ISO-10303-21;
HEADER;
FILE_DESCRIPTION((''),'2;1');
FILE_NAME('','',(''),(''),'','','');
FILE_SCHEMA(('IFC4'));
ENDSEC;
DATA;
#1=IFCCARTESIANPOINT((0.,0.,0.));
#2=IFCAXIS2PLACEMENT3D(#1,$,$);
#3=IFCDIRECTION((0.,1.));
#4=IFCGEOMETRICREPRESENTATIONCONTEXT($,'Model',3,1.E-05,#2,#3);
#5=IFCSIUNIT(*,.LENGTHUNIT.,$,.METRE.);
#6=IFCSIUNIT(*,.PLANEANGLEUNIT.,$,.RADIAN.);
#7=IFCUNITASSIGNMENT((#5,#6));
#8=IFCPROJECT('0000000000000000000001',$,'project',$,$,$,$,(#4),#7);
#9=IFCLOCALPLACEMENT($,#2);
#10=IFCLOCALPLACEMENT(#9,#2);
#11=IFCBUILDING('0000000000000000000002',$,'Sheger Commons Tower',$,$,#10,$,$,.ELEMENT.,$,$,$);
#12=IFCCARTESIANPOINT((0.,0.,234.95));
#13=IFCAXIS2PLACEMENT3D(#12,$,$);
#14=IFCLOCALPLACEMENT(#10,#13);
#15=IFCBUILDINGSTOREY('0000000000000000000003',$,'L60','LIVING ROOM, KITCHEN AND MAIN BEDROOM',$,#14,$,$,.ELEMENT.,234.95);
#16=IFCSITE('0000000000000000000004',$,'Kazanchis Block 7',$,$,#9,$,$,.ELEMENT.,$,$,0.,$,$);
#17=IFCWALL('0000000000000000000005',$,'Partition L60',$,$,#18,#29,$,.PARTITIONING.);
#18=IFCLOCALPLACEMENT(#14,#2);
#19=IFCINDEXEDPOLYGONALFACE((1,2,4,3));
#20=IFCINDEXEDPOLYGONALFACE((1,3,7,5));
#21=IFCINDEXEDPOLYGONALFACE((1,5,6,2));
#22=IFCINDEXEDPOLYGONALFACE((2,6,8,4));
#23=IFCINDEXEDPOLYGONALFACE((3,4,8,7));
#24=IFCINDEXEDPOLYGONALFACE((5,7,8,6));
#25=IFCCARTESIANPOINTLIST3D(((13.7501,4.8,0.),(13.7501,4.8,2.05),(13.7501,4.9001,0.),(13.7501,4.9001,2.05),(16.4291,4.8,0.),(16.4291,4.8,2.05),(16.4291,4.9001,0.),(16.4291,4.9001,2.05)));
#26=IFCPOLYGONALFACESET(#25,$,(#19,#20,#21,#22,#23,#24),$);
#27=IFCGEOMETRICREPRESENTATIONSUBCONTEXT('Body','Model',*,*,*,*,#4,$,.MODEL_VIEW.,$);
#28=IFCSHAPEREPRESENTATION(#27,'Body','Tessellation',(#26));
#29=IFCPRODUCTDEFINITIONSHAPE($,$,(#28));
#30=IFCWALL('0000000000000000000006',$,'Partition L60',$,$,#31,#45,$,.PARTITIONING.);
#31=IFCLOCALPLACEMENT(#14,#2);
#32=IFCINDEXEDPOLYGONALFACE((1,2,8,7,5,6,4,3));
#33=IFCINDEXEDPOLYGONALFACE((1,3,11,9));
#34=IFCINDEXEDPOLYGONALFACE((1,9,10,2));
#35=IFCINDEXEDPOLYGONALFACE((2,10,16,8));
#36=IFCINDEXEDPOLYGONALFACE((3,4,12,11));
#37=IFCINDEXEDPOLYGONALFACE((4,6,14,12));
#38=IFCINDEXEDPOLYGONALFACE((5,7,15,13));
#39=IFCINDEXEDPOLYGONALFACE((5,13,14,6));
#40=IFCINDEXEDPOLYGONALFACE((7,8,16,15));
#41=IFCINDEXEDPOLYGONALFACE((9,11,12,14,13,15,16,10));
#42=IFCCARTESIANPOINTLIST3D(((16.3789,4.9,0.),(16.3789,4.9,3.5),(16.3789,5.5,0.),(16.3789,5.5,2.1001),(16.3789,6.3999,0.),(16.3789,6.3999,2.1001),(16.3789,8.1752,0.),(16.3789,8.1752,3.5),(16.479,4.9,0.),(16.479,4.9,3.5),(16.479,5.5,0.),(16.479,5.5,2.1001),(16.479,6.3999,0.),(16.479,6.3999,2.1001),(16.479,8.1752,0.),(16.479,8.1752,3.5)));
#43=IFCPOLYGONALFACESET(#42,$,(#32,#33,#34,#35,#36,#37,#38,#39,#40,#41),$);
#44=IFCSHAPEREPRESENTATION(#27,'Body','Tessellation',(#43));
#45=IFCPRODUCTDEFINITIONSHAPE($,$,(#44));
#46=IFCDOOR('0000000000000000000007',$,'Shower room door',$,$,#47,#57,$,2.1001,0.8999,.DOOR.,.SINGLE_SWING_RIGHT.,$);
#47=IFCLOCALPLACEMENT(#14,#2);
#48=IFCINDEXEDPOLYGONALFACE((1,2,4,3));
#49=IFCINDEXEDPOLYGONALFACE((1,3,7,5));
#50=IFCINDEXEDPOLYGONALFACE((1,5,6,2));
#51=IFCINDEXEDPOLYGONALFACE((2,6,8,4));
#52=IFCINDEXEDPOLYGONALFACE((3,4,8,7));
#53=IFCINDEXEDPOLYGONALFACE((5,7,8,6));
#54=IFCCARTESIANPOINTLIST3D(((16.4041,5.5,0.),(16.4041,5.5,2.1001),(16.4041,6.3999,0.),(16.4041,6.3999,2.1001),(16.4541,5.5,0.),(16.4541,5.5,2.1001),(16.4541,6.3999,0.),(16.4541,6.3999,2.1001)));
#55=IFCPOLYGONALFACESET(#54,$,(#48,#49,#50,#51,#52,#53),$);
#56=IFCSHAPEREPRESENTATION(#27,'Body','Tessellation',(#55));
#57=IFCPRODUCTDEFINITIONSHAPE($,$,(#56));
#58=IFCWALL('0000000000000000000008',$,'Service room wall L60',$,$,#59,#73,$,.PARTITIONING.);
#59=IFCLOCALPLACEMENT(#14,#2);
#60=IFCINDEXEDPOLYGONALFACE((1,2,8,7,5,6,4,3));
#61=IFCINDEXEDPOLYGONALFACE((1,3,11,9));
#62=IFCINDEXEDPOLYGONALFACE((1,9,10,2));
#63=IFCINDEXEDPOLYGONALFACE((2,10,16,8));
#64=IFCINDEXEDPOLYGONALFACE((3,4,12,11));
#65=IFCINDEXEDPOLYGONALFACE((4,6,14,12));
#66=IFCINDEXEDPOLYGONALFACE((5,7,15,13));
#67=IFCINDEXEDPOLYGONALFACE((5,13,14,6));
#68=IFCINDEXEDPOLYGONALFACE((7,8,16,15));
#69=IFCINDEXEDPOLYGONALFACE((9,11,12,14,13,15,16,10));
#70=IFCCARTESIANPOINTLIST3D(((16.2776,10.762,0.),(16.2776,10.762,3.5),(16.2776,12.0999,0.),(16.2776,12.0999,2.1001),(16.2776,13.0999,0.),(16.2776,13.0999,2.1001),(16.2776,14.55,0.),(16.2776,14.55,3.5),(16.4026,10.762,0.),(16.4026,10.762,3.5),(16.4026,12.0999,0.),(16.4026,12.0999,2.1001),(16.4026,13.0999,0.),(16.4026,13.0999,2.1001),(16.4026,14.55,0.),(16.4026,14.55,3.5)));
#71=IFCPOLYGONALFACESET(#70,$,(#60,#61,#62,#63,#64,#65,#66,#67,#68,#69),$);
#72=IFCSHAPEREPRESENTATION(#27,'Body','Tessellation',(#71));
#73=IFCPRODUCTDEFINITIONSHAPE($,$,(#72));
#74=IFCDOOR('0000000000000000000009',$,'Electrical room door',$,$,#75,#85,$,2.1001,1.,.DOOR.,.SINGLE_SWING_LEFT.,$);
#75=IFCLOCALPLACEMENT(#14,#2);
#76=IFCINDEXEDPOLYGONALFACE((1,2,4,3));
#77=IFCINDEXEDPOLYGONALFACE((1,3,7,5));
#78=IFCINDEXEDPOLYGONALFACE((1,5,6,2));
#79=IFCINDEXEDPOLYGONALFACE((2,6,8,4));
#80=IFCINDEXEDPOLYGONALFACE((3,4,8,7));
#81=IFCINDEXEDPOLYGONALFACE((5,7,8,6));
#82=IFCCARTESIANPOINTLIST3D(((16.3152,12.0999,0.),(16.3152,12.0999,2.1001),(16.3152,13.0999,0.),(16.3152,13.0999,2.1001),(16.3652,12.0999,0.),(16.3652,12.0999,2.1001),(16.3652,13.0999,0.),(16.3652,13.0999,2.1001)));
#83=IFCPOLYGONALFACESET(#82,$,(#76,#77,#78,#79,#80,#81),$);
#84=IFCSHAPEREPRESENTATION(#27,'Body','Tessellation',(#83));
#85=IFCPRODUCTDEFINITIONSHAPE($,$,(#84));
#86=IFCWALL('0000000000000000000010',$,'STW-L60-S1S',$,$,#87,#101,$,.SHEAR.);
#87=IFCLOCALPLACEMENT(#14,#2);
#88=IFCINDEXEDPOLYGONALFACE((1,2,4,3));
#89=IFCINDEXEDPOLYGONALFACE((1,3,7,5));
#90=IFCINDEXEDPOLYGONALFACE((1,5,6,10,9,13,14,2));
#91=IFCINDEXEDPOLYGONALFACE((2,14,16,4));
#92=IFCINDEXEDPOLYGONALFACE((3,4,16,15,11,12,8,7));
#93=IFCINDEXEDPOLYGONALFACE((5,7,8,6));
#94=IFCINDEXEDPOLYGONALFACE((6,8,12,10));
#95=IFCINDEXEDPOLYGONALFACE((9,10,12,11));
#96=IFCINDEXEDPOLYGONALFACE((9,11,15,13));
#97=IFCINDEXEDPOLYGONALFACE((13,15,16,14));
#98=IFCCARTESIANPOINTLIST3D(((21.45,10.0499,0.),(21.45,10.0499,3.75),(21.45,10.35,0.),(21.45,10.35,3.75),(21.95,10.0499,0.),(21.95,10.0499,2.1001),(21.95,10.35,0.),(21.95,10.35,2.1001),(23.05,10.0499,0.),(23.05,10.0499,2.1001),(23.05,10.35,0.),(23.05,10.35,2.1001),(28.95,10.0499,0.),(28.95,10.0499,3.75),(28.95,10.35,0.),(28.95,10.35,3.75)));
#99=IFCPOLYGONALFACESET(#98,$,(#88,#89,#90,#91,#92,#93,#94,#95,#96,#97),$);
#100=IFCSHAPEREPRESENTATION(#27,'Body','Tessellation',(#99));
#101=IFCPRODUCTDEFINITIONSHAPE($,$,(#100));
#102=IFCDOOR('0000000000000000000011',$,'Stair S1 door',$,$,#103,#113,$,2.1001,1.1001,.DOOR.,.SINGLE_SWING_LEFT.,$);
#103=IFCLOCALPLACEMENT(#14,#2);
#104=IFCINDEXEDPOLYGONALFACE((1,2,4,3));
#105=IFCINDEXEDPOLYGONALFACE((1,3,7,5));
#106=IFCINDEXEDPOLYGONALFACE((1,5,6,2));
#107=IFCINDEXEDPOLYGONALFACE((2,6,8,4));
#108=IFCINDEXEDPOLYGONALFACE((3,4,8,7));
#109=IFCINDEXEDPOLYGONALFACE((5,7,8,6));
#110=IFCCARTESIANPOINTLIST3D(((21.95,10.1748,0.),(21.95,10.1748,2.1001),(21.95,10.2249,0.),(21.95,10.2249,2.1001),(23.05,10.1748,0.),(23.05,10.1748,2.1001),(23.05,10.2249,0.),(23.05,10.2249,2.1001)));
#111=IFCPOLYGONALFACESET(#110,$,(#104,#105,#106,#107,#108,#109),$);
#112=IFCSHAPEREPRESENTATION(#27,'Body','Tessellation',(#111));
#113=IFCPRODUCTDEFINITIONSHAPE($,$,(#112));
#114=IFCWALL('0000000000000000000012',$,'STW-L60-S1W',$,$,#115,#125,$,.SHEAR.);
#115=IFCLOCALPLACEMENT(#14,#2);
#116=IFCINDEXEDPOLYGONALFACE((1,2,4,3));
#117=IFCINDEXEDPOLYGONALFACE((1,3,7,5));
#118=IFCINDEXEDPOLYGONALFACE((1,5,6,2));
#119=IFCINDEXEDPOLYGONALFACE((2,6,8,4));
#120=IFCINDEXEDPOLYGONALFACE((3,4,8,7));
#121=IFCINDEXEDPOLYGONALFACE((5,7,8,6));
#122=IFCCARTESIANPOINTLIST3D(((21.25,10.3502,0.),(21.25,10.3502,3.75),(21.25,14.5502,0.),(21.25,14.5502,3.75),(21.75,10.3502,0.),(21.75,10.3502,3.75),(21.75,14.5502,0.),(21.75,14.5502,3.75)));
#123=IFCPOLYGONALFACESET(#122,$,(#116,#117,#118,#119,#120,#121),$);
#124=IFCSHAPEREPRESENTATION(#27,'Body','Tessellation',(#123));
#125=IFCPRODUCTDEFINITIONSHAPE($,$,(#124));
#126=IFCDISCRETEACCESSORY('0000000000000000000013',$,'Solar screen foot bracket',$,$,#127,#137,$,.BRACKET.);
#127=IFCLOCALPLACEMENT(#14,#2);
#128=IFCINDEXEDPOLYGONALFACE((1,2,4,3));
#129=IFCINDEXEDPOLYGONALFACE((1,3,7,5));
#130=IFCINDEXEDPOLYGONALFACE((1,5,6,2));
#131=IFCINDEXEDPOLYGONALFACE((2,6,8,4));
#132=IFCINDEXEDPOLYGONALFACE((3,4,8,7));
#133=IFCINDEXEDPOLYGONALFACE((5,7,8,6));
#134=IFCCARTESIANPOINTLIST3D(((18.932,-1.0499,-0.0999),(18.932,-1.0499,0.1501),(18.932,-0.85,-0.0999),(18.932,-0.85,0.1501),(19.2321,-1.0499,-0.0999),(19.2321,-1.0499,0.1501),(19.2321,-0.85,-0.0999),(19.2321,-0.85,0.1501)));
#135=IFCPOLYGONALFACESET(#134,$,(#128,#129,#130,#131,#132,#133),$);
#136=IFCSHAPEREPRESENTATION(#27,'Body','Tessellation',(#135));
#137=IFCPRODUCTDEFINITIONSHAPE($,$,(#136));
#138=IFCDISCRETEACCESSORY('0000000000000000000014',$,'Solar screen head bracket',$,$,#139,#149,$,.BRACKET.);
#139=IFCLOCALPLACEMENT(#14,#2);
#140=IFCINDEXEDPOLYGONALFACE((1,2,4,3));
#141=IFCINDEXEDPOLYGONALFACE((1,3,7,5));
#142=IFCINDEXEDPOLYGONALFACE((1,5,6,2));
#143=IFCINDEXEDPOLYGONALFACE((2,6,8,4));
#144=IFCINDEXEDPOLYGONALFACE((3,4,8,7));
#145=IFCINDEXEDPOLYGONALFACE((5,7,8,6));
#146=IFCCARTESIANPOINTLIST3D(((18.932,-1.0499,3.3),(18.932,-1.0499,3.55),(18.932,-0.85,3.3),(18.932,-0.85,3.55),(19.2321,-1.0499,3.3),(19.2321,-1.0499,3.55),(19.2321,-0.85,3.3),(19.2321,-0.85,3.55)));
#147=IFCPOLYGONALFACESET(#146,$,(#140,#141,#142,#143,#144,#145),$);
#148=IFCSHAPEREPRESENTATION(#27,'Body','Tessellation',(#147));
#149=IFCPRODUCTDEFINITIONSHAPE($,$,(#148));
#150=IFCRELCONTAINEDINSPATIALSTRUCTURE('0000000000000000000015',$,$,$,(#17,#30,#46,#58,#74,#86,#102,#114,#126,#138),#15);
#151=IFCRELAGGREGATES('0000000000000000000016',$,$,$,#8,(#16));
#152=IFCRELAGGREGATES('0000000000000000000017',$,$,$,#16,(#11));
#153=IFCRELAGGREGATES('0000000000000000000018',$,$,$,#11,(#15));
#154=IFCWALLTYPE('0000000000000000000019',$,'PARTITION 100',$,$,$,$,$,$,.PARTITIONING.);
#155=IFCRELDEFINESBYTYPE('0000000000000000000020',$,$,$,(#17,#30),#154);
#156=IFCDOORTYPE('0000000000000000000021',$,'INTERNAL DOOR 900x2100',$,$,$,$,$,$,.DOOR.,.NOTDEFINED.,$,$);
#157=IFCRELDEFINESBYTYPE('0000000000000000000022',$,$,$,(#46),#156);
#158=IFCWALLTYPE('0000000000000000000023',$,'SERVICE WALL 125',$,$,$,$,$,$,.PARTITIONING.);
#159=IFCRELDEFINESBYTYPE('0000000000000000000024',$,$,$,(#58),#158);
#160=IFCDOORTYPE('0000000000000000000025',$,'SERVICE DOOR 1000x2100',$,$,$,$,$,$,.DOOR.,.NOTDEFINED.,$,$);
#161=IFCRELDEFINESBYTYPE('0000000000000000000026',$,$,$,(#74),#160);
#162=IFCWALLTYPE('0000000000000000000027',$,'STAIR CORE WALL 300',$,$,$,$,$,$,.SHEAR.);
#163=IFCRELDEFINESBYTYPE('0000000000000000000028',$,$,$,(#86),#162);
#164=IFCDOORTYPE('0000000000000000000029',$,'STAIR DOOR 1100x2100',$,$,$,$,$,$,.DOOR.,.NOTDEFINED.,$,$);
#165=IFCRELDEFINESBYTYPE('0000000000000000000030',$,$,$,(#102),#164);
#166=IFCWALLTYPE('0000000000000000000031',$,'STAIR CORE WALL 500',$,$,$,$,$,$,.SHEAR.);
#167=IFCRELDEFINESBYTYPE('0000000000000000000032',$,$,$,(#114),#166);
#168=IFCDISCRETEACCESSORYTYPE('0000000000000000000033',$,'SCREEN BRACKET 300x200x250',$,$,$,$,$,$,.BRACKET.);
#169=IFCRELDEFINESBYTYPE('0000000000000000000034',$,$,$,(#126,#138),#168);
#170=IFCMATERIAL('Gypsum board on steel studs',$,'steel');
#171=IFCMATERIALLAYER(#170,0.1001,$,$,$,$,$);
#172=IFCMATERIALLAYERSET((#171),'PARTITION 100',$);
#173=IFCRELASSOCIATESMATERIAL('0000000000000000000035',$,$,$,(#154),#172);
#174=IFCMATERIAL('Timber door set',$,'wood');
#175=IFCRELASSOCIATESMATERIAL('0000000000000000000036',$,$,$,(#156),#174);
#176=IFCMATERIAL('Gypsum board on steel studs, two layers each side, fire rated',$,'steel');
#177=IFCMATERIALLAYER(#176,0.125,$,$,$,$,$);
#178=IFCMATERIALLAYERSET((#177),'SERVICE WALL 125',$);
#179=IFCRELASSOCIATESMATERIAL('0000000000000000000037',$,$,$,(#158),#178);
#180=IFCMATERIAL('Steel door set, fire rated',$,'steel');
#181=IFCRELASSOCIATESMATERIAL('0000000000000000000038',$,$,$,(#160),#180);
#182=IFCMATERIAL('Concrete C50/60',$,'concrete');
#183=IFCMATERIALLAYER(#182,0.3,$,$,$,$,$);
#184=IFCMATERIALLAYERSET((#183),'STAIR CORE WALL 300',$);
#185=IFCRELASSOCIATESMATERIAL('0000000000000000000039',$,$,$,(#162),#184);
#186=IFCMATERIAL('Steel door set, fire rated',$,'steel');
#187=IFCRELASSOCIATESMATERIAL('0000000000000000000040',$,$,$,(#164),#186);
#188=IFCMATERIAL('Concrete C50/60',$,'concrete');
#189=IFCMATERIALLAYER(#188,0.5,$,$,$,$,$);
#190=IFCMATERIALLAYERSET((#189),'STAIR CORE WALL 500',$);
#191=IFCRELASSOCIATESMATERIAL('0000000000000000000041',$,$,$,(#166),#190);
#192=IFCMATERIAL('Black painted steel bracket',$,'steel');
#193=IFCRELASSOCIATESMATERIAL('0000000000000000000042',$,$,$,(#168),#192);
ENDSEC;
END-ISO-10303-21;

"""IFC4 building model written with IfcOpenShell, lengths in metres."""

from ifc_helpers import new_model, si_unit, direction, frame, frame_2d, origin, origin_2d, place, context, subcontext, project, spatial, rectangle, extrude, material, layer, layer_set, type_object, element, fill, save


model = new_model("IFC4")

# Units and contexts
model_context = context("Model", 3, precision=1e-05, world=origin(), true_north=direction((0.0, 1.0)))
body_context = subcontext(model_context, "Body", "Model", "MODEL_VIEW")
ifc_project = project(units=[si_unit("LENGTHUNIT", "METRE"), si_unit("PLANEANGLEUNIT", "RADIAN")], contexts=[model_context])

# Site, building, storey
site_placement = place(None, origin())
site = spatial("IfcSite", under=ifc_project, at=site_placement, Name="Kazanchis Block 7", CompositionType="ELEMENT", RefElevation=0.0)
building_placement = place(site_placement, origin())
building = spatial("IfcBuilding", under=site, at=building_placement, Name="Sheger Commons Tower", CompositionType="ELEMENT")
storey_placement = place(building_placement, frame((0.0, 0.0, 234.95)))
storey = spatial("IfcBuildingStorey", under=building, at=storey_placement, Name="L60", Description="LIVING ROOM, KITCHEN AND MAIN BEDROOM", CompositionType="ELEMENT", Elevation=234.95)

# Wall
ifc_material_1 = material(Name="Gypsum board on steel studs", Category="steel")
ifc_layer_1 = layer(ifc_material_1, 0.1001)
ifc_layer_set_1 = layer_set([ifc_layer_1], Name="PARTITION 100")
wall_type_1 = type_object("IfcWallType", Name="PARTITION 100", PredefinedType="PARTITIONING", material=ifc_layer_set_1)
wall_1_placement = place(storey_placement, frame((16.429, 4.8501, 0.0), z_axis=(0.0, 0.0, 1.0), x_axis=(-1.0, 0.0, 0.0)))
element("IfcWall", 1, at=wall_1_placement, inside=storey, type_object=wall_type_1, Name="Partition L60", PredefinedType="PARTITIONING", context=body_context, shape_type="SweptSolid", body=[
    extrude(rectangle(XDim=2.679, YDim=0.1001, at=frame_2d((1.3394, 0.0))), origin(), (0.0, 0.0, 1.0), 2.05),
])

# Walls, openings, doors
wall_2_placement = place(storey_placement, frame((16.429, 4.8999, 0.0), z_axis=(0.0, 0.0, 1.0), x_axis=(0.0, 1.0, 0.0)))
wall_2 = element("IfcWall", 2, at=wall_2_placement, inside=storey, type_object=wall_type_1, Name="Partition L60", PredefinedType="PARTITIONING", context=body_context, shape_type="SweptSolid", body=[
    extrude(rectangle(XDim=3.2751, YDim=0.1001, at=frame_2d((1.6377, 0.0))), origin(), (0.0, 0.0, 1.0), 3.5),
])
opening_1_placement = place(wall_2_placement, frame((0.6001, 0.0, 0.0)))
opening_1 = element("IfcOpeningElement", 3, at=opening_1_placement, cuts=wall_2, PredefinedType="OPENING", context=body_context, shape_type="SweptSolid", body=[
    extrude(rectangle(XDim=0.8999, YDim=2.1001, at=frame_2d((0.45, 1.05))), frame((0.0, 0.0601, 0.0), z_axis=(0.0, -1.0, 0.0), x_axis=(1.0, 0.0, 0.0)), (0.0, 0.0, 1.0), 0.1201),
])
ifc_material_2 = material(Name="Timber door set", Category="wood")
door_type_1 = type_object("IfcDoorType", Name="INTERNAL DOOR 900x2100", OperationType="NOTDEFINED", PredefinedType="DOOR", material=ifc_material_2)
door_1_placement = place(opening_1_placement, origin())
door_1 = element("IfcDoor", 4, at=door_1_placement, inside=storey, type_object=door_type_1, Name="Shower room door", OperationType="SINGLE_SWING_RIGHT", OverallHeight=2.1001, OverallWidth=0.8999, PredefinedType="DOOR", context=body_context, shape_type="SweptSolid", body=[
    extrude(rectangle(XDim=0.8999, YDim=2.1001, at=frame_2d((0.45, 1.05))), frame((0.0, 0.0249, 0.0), z_axis=(0.0, -1.0, 0.0), x_axis=(1.0, 0.0, 0.0)), (0.0, 0.0, 1.0), 0.05),
])
fill(opening_1, door_1)
ifc_material_3 = material(Name="Gypsum board on steel studs, two layers each side, fire rated", Category="steel")
ifc_layer_2 = layer(ifc_material_3, 0.125)
ifc_layer_set_2 = layer_set([ifc_layer_2], Name="SERVICE WALL 125")
wall_type_2 = type_object("IfcWallType", Name="SERVICE WALL 125", PredefinedType="PARTITIONING", material=ifc_layer_set_2)
wall_3_placement = place(storey_placement, frame((16.3401, 10.762, 0.0), z_axis=(0.0, 0.0, 1.0), x_axis=(0.0, 1.0, 0.0)))
wall_3 = element("IfcWall", 5, at=wall_3_placement, inside=storey, type_object=wall_type_2, Name="Service room wall L60", PredefinedType="PARTITIONING", context=body_context, shape_type="SweptSolid", body=[
    extrude(rectangle(XDim=3.7881, YDim=0.125, at=frame_2d((1.894, 0.0))), origin(), (0.0, 0.0, 1.0), 3.5),
])
opening_2_placement = place(wall_3_placement, frame((1.3379, 0.0, 0.0)))
opening_2 = element("IfcOpeningElement", 6, at=opening_2_placement, cuts=wall_3, PredefinedType="OPENING", context=body_context, shape_type="SweptSolid", body=[
    extrude(rectangle(XDim=1.0, YDim=2.1001, at=frame_2d((0.5, 1.05))), frame((0.0, 0.0725, 0.0), z_axis=(0.0, -1.0, 0.0), x_axis=(1.0, 0.0, 0.0)), (0.0, 0.0, 1.0), 0.145),
])
ifc_material_4 = material(Name="Steel door set, fire rated", Category="steel")
door_type_2 = type_object("IfcDoorType", Name="SERVICE DOOR 1000x2100", OperationType="NOTDEFINED", PredefinedType="DOOR", material=ifc_material_4)
door_2_placement = place(opening_2_placement, origin())
door_2 = element("IfcDoor", 7, at=door_2_placement, inside=storey, type_object=door_type_2, Name="Electrical room door", OperationType="SINGLE_SWING_LEFT", OverallHeight=2.1001, OverallWidth=1.0, PredefinedType="DOOR", context=body_context, shape_type="SweptSolid", body=[
    extrude(rectangle(XDim=1.0, YDim=2.1001, at=frame_2d((0.5, 1.05))), frame((0.0, 0.0249, 0.0), z_axis=(0.0, -1.0, 0.0), x_axis=(1.0, 0.0, 0.0)), (0.0, 0.0, 1.0), 0.05),
])
fill(opening_2, door_2)
ifc_material_5 = material(Name="Concrete C50/60", Category="concrete")
ifc_layer_3 = layer(ifc_material_5, 0.3)
ifc_layer_set_3 = layer_set([ifc_layer_3], Name="STAIR CORE WALL 300")
wall_type_3 = type_object("IfcWallType", Name="STAIR CORE WALL 300", PredefinedType="SHEAR", material=ifc_layer_set_3)
wall_4_placement = place(storey_placement, frame((21.45, 10.2, 0.0), z_axis=(0.0, 0.0, 1.0), x_axis=(1.0, 0.0, 0.0)))
wall_4 = element("IfcWall", 8, at=wall_4_placement, inside=storey, type_object=wall_type_3, Name="STW-L60-S1S", PredefinedType="SHEAR", context=body_context, shape_type="SweptSolid", body=[
    extrude(rectangle(XDim=7.5, YDim=0.3, at=frame_2d((3.75, 0.0))), origin(), (0.0, 0.0, 1.0), 3.75),
])
opening_3_placement = place(wall_4_placement, frame((0.5, 0.0, 0.0)))
opening_3 = element("IfcOpeningElement", 9, at=opening_3_placement, cuts=wall_4, PredefinedType="OPENING", context=body_context, shape_type="SweptSolid", body=[
    extrude(rectangle(XDim=1.1001, YDim=2.1001, at=frame_2d((0.55, 1.05))), frame((0.0, 0.1599, 0.0), z_axis=(0.0, -1.0, 0.0), x_axis=(1.0, 0.0, 0.0)), (0.0, 0.0, 1.0), 0.3201),
])
ifc_material_6 = material(Name="Steel door set, fire rated", Category="steel")
door_type_3 = type_object("IfcDoorType", Name="STAIR DOOR 1100x2100", OperationType="NOTDEFINED", PredefinedType="DOOR", material=ifc_material_6)
door_3_placement = place(opening_3_placement, origin())
door_3 = element("IfcDoor", 10, at=door_3_placement, inside=storey, type_object=door_type_3, Name="Stair S1 door", OperationType="SINGLE_SWING_LEFT", OverallHeight=2.1001, OverallWidth=1.1001, PredefinedType="DOOR", context=body_context, shape_type="SweptSolid", body=[
    extrude(rectangle(XDim=1.1001, YDim=2.1001, at=frame_2d((0.55, 1.05))), frame((0.0, 0.0249, 0.0), z_axis=(0.0, -1.0, 0.0), x_axis=(1.0, 0.0, 0.0)), (0.0, 0.0, 1.0), 0.05),
])
fill(opening_3, door_3)

# Wall
ifc_material_7 = material(Name="Concrete C50/60", Category="concrete")
ifc_layer_4 = layer(ifc_material_7, 0.5)
ifc_layer_set_4 = layer_set([ifc_layer_4], Name="STAIR CORE WALL 500")
wall_type_4 = type_object("IfcWallType", Name="STAIR CORE WALL 500", PredefinedType="SHEAR", material=ifc_layer_set_4)
wall_5_placement = place(storey_placement, frame((21.5, 10.3501, 0.0), z_axis=(0.0, 0.0, 1.0), x_axis=(0.0, 1.0, 0.0)))
element("IfcWall", 11, at=wall_5_placement, inside=storey, type_object=wall_type_4, Name="STW-L60-S1W", PredefinedType="SHEAR", context=body_context, shape_type="SweptSolid", body=[
    extrude(rectangle(XDim=4.2, YDim=0.5, at=frame_2d((2.1001, 0.0))), origin(), (0.0, 0.0, 1.0), 3.75),
])

# Discrete accessories
ifc_material_8 = material(Name="Black painted steel bracket", Category="steel")
discrete_accessory_type = type_object("IfcDiscreteAccessoryType", Name="SCREEN BRACKET 300x200x250", PredefinedType="BRACKET", material=ifc_material_8)
for number, where, z_axis, x_axis, name in (
    (12, (19.082, -0.95, -0.0999), (0.0, 0.0, 1.0), (1.0, 0.0, 0.0), "Solar screen foot bracket"),
    (13, (19.082, -0.95, 3.3), (0.0, 0.0, 1.0), (1.0, 0.0, 0.0), "Solar screen head bracket"),
):
    element("IfcDiscreteAccessory", number, at=place(storey_placement, frame(where, z_axis=z_axis, x_axis=x_axis)), inside=storey, type_object=discrete_accessory_type, Name=name, PredefinedType="BRACKET", context=body_context, shape_type="SweptSolid", body=[
        extrude(rectangle(XDim=0.3, YDim=0.2, at=origin_2d()), origin(), (0.0, 0.0, 1.0), 0.25),
    ])

save(model, "model.ifc")
